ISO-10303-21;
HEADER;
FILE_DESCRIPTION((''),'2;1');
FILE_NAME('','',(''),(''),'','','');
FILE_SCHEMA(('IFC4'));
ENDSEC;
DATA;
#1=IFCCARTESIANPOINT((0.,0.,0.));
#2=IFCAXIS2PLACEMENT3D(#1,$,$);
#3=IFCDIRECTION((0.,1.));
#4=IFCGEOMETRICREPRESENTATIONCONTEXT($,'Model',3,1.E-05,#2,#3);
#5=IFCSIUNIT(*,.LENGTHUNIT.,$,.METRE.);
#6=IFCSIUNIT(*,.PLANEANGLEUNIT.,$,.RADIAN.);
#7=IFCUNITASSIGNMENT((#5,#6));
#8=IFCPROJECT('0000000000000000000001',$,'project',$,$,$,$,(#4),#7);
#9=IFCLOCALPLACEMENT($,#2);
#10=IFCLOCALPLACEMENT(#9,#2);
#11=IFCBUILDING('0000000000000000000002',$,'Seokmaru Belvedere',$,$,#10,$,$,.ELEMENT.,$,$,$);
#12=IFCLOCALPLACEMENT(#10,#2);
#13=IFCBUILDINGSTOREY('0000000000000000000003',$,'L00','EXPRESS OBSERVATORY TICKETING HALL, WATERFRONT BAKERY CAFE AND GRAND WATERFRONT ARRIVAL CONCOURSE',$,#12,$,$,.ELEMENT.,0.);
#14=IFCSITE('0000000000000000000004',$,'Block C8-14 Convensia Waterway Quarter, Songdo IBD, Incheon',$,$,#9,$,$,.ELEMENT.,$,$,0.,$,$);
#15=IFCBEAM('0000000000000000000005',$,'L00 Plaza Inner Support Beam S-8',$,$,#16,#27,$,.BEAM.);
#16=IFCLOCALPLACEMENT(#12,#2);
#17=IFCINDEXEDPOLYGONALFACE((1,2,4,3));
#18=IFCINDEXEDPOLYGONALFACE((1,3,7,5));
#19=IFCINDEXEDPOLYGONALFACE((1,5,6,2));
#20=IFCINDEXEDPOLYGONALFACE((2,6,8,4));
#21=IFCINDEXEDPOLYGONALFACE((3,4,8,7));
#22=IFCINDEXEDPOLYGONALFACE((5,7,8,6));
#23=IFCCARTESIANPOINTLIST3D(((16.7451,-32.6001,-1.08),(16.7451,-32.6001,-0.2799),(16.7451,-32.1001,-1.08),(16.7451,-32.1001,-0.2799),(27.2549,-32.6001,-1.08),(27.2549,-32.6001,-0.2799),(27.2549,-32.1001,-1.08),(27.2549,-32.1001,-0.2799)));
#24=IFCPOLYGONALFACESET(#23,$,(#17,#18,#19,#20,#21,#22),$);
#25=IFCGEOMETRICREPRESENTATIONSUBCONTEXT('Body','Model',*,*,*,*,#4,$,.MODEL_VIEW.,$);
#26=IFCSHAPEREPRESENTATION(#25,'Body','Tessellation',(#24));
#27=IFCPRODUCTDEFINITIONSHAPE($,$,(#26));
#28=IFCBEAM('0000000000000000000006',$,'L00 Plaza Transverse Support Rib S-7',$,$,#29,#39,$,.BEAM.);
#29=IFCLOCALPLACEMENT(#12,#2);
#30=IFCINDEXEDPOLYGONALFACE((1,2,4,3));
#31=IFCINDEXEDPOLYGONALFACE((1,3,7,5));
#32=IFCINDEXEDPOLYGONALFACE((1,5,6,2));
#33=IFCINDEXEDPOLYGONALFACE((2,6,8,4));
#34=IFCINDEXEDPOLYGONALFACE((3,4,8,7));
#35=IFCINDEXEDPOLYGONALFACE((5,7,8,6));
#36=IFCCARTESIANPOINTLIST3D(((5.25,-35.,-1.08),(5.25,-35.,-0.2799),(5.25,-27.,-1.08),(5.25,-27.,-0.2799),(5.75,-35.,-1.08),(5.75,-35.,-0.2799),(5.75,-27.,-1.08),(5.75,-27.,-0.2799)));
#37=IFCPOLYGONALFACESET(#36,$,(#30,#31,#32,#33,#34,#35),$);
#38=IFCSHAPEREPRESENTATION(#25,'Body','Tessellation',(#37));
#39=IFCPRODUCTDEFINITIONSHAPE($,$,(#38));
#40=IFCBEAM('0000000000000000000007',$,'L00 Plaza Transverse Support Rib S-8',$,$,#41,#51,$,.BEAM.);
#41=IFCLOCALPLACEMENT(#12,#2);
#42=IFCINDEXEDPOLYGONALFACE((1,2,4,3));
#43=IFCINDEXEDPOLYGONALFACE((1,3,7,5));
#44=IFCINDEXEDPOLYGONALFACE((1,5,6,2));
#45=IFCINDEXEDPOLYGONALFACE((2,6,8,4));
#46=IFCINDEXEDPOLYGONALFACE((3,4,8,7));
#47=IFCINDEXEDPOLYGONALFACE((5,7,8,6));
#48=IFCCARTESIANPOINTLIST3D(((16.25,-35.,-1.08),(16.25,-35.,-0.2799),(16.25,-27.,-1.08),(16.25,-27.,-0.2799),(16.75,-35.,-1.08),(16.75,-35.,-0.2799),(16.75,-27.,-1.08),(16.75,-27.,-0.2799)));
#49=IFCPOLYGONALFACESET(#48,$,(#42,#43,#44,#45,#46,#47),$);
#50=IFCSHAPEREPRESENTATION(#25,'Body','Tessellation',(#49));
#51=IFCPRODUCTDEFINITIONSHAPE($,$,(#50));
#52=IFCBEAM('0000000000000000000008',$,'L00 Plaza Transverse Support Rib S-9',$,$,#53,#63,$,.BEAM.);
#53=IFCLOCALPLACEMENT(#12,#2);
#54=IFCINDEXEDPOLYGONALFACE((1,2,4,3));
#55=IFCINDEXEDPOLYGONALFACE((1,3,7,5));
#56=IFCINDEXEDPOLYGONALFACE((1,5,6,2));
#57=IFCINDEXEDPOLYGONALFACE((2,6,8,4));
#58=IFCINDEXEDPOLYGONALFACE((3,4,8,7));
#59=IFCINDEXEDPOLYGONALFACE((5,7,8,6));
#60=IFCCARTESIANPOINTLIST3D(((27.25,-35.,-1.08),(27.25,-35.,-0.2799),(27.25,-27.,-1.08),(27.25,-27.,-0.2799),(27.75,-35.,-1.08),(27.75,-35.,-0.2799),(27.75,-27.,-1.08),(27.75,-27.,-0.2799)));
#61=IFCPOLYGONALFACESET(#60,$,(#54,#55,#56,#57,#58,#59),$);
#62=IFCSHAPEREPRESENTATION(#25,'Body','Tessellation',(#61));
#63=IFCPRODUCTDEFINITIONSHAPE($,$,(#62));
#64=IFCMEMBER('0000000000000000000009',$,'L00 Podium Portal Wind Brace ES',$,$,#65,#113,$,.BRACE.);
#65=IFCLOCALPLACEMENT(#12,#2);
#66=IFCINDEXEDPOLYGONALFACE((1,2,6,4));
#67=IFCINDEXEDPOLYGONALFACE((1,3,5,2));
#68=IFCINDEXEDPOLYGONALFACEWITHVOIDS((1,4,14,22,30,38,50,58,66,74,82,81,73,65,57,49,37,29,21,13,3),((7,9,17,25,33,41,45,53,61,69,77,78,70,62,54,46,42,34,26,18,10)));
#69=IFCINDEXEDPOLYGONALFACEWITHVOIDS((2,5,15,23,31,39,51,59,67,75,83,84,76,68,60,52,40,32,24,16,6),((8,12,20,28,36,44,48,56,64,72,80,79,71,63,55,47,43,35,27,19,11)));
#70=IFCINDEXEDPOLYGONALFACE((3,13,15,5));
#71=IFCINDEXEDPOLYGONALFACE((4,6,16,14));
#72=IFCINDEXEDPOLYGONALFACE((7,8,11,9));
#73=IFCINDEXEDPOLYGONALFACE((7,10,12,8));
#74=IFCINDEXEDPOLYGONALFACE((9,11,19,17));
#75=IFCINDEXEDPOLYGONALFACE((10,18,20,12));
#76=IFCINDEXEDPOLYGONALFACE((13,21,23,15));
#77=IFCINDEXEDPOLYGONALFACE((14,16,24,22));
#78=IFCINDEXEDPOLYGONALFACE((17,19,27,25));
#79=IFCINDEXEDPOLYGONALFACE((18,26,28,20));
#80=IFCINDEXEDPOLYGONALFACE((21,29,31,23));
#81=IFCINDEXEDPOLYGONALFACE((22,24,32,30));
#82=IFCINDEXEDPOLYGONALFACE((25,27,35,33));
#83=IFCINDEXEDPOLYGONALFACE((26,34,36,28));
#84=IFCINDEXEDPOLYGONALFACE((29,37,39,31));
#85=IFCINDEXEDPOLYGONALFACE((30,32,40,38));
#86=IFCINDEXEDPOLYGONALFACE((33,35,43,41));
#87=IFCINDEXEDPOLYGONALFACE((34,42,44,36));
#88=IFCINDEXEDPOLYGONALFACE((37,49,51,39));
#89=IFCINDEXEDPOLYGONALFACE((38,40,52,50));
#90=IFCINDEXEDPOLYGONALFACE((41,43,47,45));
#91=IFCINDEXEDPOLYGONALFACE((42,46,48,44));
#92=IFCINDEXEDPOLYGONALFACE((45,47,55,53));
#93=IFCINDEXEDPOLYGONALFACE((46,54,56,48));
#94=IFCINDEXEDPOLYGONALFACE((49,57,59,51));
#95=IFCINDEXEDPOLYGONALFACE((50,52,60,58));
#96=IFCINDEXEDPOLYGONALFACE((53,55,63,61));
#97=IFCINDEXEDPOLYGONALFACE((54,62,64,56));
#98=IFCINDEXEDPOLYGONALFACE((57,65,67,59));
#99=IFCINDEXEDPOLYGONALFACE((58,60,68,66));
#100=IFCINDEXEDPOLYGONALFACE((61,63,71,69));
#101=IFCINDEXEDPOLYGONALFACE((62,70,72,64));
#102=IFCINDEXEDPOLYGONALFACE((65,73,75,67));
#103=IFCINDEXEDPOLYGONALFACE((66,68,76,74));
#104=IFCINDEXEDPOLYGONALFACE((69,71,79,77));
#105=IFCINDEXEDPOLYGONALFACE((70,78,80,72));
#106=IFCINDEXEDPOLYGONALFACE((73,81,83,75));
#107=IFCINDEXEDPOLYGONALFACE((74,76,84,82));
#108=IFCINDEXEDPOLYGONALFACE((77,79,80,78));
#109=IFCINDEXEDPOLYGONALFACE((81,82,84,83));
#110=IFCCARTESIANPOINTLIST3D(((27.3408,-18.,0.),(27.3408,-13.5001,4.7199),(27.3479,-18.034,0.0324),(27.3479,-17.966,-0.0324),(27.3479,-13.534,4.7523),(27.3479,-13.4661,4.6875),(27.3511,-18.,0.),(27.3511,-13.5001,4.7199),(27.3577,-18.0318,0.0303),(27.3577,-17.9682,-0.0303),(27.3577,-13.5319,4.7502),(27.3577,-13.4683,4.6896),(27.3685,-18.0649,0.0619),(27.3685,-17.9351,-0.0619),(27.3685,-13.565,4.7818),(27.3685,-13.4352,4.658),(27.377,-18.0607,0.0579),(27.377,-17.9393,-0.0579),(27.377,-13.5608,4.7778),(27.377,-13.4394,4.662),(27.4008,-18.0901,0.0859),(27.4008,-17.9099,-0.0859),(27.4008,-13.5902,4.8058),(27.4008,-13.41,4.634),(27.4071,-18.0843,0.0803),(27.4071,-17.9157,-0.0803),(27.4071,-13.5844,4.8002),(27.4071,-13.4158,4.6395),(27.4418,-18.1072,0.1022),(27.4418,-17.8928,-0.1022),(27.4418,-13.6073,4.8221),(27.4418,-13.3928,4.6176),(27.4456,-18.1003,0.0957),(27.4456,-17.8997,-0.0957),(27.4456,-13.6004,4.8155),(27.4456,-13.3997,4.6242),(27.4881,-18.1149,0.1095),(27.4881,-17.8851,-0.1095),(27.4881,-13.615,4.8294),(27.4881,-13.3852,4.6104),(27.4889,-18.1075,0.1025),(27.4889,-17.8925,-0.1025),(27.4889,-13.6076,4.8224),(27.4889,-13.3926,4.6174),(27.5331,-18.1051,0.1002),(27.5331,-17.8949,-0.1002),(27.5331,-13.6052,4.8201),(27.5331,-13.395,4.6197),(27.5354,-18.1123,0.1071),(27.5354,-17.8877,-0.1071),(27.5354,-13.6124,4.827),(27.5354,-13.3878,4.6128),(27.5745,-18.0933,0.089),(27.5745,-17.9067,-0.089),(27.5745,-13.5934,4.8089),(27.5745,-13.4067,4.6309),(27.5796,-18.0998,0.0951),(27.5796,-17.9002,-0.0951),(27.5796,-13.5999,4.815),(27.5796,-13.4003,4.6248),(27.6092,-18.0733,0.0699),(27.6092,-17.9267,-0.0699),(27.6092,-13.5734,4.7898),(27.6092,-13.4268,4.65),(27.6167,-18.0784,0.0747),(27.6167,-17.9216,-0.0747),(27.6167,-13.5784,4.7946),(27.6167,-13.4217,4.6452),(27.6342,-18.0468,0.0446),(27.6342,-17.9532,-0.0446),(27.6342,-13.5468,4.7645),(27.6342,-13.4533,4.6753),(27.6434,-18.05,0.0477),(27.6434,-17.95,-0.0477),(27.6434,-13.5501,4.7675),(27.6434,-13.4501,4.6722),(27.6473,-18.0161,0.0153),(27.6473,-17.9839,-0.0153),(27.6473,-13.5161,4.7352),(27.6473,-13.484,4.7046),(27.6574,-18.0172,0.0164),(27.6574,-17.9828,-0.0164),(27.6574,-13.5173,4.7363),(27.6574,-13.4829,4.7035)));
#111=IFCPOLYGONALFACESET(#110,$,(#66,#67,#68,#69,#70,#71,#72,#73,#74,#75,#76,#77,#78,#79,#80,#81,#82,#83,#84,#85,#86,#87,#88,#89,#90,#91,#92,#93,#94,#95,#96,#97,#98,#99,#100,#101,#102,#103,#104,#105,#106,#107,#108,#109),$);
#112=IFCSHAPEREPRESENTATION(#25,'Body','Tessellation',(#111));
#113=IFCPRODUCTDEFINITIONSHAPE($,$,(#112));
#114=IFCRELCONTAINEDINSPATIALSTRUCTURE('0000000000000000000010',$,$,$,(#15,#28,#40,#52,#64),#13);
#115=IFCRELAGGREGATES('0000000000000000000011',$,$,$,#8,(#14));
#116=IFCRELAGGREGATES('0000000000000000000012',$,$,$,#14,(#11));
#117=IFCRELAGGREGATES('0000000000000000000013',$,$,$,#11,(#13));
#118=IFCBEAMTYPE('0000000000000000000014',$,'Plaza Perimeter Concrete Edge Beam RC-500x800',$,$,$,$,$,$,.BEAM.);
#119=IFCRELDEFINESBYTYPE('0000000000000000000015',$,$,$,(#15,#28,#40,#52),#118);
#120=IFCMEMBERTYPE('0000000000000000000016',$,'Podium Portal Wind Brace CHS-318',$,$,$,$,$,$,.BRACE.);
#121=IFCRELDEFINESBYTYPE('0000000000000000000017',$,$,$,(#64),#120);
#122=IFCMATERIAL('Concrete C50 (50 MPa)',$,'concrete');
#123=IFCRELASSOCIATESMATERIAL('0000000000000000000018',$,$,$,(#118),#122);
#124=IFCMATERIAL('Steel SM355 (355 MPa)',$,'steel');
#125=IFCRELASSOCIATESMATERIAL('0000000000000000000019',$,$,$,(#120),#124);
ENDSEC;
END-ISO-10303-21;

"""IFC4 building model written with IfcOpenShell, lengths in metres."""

from ifc_helpers import new_model, si_unit, direction, frame, origin, origin_2d, place, context, subcontext, project, spatial, rectangle, hollow_circle, extrude, source, transform, mapped, material, material_profile, profile_set, type_object, type_shapes, element, save


model = new_model("IFC4")

# Units and contexts
model_context = context("Model", 3, precision=1e-05, world=origin(), true_north=direction((0.0, 1.0)))
body_context = subcontext(model_context, "Body", "Model", "MODEL_VIEW")
ifc_project = project(units=[si_unit("LENGTHUNIT", "METRE"), si_unit("PLANEANGLEUNIT", "RADIAN")], contexts=[model_context])

# Site, building, storey
site_placement = place(None, origin())
site = spatial("IfcSite", under=ifc_project, at=site_placement, Name="Block C8-14 Convensia Waterway Quarter, Songdo IBD, Incheon", CompositionType="ELEMENT", RefElevation=0.0)
building_placement = place(site_placement, origin())
building = spatial("IfcBuilding", under=site, at=building_placement, Name="Seokmaru Belvedere", CompositionType="ELEMENT")
storey_placement = place(building_placement, origin())
storey = spatial("IfcBuildingStorey", under=building, at=storey_placement, Name="L00", Description="EXPRESS OBSERVATORY TICKETING HALL, WATERFRONT BAKERY CAFE AND GRAND WATERFRONT ARRIVAL CONCOURSE", CompositionType="ELEMENT", Elevation=0.0)

# Shared definitions
ifc_material_1 = material(Name="Concrete C50 (50 MPa)", Category="concrete")

# Beams
ifc_material_profile_1 = material_profile(ifc_material_1, rectangle(XDim=0.5, YDim=0.8, at=origin_2d()), Name="RC-500x800")
ifc_profile_set_1 = profile_set([ifc_material_profile_1], Name="Concrete C50 (50 MPa)")
beam_type_1 = type_object("IfcBeamType", Name="Plaza Perimeter Concrete Edge Beam RC-500x800", PredefinedType="BEAM", material=ifc_profile_set_1)
ifc_material_2 = material(Name="Steel SM355 (355 MPa)", Category="steel")
shared_shape_1 = source(origin(), body_context, "Body", "SweptSolid", [
    extrude(rectangle(XDim=0.5, YDim=0.8, at=origin_2d()), origin(), (0.0, 0.0, 1.0), 10.5098),
])
for number, where, z_axis, x_axis, name in (
    (1, (16.7451, -32.3501, -0.6799), (1.0, 0.0, 0.0), (0.0, 1.0, 0.0), "L00 Plaza Inner Support Beam S-8"),
):
    element("IfcBeam", number, at=place(storey_placement, frame(where, z_axis=z_axis, x_axis=x_axis)), inside=storey, type_object=beam_type_1, Name=name, PredefinedType="BEAM", context=body_context, shape_type="MappedRepresentation", body=[
        mapped(shared_shape_1, transform((0.0, 0.0, 0.0), scale=1.0)),
    ])
shared_shape_2 = source(origin(), body_context, "Body", "SweptSolid", [
    extrude(rectangle(XDim=0.5, YDim=0.8, at=origin_2d()), origin(), (0.0, 0.0, 1.0), 8.0),
])
for number, where, z_axis, x_axis, name in (
    (2, (5.5, -35.0, -0.6799), (0.0, 1.0, 0.0), (-1.0, 0.0, 0.0), "L00 Plaza Transverse Support Rib S-7"),
    (3, (16.5, -35.0, -0.6799), (0.0, 1.0, 0.0), (-1.0, 0.0, 0.0), "L00 Plaza Transverse Support Rib S-8"),
    (4, (27.5, -35.0, -0.6799), (0.0, 1.0, 0.0), (-1.0, 0.0, 0.0), "L00 Plaza Transverse Support Rib S-9"),
):
    element("IfcBeam", number, at=place(storey_placement, frame(where, z_axis=z_axis, x_axis=x_axis)), inside=storey, type_object=beam_type_1, Name=name, PredefinedType="BEAM", context=body_context, shape_type="MappedRepresentation", body=[
        mapped(shared_shape_2, transform((0.0, 0.0, 0.0), scale=1.0)),
    ])

# Member
ifc_material_profile_2 = material_profile(ifc_material_2, hollow_circle(Radius=0.1592, WallThickness=0.0103, at=origin_2d()), Name="CHS-318.5x10.3")
ifc_profile_set_2 = profile_set([ifc_material_profile_2], Name="Steel SM355 (355 MPa)")
member_type = type_object("IfcMemberType", Name="Podium Portal Wind Brace CHS-318", PredefinedType="BRACE", material=ifc_profile_set_2)
shared_shape_3 = source(origin(), body_context, "Body", "SweptSolid", [
    extrude(hollow_circle(Radius=0.1592, WallThickness=0.0103, at=origin_2d()), origin(), (0.0, 0.0, 1.0), 6.5212),
])
type_shapes(member_type, [shared_shape_3])
member_placement = place(storey_placement, frame((27.5, -18.0, 0.0), z_axis=(0.0, 0.69004, 0.723771), x_axis=(-1.0, 0.0, 0.0)))
element("IfcMember", 5, at=member_placement, inside=storey, type_object=member_type, Name="L00 Podium Portal Wind Brace ES", PredefinedType="BRACE", context=body_context, shape_type="MappedRepresentation", body=[
    mapped(shared_shape_3, transform((0.0, 0.0, 0.0), scale=1.0)),
])

save(model, "model.ifc")
